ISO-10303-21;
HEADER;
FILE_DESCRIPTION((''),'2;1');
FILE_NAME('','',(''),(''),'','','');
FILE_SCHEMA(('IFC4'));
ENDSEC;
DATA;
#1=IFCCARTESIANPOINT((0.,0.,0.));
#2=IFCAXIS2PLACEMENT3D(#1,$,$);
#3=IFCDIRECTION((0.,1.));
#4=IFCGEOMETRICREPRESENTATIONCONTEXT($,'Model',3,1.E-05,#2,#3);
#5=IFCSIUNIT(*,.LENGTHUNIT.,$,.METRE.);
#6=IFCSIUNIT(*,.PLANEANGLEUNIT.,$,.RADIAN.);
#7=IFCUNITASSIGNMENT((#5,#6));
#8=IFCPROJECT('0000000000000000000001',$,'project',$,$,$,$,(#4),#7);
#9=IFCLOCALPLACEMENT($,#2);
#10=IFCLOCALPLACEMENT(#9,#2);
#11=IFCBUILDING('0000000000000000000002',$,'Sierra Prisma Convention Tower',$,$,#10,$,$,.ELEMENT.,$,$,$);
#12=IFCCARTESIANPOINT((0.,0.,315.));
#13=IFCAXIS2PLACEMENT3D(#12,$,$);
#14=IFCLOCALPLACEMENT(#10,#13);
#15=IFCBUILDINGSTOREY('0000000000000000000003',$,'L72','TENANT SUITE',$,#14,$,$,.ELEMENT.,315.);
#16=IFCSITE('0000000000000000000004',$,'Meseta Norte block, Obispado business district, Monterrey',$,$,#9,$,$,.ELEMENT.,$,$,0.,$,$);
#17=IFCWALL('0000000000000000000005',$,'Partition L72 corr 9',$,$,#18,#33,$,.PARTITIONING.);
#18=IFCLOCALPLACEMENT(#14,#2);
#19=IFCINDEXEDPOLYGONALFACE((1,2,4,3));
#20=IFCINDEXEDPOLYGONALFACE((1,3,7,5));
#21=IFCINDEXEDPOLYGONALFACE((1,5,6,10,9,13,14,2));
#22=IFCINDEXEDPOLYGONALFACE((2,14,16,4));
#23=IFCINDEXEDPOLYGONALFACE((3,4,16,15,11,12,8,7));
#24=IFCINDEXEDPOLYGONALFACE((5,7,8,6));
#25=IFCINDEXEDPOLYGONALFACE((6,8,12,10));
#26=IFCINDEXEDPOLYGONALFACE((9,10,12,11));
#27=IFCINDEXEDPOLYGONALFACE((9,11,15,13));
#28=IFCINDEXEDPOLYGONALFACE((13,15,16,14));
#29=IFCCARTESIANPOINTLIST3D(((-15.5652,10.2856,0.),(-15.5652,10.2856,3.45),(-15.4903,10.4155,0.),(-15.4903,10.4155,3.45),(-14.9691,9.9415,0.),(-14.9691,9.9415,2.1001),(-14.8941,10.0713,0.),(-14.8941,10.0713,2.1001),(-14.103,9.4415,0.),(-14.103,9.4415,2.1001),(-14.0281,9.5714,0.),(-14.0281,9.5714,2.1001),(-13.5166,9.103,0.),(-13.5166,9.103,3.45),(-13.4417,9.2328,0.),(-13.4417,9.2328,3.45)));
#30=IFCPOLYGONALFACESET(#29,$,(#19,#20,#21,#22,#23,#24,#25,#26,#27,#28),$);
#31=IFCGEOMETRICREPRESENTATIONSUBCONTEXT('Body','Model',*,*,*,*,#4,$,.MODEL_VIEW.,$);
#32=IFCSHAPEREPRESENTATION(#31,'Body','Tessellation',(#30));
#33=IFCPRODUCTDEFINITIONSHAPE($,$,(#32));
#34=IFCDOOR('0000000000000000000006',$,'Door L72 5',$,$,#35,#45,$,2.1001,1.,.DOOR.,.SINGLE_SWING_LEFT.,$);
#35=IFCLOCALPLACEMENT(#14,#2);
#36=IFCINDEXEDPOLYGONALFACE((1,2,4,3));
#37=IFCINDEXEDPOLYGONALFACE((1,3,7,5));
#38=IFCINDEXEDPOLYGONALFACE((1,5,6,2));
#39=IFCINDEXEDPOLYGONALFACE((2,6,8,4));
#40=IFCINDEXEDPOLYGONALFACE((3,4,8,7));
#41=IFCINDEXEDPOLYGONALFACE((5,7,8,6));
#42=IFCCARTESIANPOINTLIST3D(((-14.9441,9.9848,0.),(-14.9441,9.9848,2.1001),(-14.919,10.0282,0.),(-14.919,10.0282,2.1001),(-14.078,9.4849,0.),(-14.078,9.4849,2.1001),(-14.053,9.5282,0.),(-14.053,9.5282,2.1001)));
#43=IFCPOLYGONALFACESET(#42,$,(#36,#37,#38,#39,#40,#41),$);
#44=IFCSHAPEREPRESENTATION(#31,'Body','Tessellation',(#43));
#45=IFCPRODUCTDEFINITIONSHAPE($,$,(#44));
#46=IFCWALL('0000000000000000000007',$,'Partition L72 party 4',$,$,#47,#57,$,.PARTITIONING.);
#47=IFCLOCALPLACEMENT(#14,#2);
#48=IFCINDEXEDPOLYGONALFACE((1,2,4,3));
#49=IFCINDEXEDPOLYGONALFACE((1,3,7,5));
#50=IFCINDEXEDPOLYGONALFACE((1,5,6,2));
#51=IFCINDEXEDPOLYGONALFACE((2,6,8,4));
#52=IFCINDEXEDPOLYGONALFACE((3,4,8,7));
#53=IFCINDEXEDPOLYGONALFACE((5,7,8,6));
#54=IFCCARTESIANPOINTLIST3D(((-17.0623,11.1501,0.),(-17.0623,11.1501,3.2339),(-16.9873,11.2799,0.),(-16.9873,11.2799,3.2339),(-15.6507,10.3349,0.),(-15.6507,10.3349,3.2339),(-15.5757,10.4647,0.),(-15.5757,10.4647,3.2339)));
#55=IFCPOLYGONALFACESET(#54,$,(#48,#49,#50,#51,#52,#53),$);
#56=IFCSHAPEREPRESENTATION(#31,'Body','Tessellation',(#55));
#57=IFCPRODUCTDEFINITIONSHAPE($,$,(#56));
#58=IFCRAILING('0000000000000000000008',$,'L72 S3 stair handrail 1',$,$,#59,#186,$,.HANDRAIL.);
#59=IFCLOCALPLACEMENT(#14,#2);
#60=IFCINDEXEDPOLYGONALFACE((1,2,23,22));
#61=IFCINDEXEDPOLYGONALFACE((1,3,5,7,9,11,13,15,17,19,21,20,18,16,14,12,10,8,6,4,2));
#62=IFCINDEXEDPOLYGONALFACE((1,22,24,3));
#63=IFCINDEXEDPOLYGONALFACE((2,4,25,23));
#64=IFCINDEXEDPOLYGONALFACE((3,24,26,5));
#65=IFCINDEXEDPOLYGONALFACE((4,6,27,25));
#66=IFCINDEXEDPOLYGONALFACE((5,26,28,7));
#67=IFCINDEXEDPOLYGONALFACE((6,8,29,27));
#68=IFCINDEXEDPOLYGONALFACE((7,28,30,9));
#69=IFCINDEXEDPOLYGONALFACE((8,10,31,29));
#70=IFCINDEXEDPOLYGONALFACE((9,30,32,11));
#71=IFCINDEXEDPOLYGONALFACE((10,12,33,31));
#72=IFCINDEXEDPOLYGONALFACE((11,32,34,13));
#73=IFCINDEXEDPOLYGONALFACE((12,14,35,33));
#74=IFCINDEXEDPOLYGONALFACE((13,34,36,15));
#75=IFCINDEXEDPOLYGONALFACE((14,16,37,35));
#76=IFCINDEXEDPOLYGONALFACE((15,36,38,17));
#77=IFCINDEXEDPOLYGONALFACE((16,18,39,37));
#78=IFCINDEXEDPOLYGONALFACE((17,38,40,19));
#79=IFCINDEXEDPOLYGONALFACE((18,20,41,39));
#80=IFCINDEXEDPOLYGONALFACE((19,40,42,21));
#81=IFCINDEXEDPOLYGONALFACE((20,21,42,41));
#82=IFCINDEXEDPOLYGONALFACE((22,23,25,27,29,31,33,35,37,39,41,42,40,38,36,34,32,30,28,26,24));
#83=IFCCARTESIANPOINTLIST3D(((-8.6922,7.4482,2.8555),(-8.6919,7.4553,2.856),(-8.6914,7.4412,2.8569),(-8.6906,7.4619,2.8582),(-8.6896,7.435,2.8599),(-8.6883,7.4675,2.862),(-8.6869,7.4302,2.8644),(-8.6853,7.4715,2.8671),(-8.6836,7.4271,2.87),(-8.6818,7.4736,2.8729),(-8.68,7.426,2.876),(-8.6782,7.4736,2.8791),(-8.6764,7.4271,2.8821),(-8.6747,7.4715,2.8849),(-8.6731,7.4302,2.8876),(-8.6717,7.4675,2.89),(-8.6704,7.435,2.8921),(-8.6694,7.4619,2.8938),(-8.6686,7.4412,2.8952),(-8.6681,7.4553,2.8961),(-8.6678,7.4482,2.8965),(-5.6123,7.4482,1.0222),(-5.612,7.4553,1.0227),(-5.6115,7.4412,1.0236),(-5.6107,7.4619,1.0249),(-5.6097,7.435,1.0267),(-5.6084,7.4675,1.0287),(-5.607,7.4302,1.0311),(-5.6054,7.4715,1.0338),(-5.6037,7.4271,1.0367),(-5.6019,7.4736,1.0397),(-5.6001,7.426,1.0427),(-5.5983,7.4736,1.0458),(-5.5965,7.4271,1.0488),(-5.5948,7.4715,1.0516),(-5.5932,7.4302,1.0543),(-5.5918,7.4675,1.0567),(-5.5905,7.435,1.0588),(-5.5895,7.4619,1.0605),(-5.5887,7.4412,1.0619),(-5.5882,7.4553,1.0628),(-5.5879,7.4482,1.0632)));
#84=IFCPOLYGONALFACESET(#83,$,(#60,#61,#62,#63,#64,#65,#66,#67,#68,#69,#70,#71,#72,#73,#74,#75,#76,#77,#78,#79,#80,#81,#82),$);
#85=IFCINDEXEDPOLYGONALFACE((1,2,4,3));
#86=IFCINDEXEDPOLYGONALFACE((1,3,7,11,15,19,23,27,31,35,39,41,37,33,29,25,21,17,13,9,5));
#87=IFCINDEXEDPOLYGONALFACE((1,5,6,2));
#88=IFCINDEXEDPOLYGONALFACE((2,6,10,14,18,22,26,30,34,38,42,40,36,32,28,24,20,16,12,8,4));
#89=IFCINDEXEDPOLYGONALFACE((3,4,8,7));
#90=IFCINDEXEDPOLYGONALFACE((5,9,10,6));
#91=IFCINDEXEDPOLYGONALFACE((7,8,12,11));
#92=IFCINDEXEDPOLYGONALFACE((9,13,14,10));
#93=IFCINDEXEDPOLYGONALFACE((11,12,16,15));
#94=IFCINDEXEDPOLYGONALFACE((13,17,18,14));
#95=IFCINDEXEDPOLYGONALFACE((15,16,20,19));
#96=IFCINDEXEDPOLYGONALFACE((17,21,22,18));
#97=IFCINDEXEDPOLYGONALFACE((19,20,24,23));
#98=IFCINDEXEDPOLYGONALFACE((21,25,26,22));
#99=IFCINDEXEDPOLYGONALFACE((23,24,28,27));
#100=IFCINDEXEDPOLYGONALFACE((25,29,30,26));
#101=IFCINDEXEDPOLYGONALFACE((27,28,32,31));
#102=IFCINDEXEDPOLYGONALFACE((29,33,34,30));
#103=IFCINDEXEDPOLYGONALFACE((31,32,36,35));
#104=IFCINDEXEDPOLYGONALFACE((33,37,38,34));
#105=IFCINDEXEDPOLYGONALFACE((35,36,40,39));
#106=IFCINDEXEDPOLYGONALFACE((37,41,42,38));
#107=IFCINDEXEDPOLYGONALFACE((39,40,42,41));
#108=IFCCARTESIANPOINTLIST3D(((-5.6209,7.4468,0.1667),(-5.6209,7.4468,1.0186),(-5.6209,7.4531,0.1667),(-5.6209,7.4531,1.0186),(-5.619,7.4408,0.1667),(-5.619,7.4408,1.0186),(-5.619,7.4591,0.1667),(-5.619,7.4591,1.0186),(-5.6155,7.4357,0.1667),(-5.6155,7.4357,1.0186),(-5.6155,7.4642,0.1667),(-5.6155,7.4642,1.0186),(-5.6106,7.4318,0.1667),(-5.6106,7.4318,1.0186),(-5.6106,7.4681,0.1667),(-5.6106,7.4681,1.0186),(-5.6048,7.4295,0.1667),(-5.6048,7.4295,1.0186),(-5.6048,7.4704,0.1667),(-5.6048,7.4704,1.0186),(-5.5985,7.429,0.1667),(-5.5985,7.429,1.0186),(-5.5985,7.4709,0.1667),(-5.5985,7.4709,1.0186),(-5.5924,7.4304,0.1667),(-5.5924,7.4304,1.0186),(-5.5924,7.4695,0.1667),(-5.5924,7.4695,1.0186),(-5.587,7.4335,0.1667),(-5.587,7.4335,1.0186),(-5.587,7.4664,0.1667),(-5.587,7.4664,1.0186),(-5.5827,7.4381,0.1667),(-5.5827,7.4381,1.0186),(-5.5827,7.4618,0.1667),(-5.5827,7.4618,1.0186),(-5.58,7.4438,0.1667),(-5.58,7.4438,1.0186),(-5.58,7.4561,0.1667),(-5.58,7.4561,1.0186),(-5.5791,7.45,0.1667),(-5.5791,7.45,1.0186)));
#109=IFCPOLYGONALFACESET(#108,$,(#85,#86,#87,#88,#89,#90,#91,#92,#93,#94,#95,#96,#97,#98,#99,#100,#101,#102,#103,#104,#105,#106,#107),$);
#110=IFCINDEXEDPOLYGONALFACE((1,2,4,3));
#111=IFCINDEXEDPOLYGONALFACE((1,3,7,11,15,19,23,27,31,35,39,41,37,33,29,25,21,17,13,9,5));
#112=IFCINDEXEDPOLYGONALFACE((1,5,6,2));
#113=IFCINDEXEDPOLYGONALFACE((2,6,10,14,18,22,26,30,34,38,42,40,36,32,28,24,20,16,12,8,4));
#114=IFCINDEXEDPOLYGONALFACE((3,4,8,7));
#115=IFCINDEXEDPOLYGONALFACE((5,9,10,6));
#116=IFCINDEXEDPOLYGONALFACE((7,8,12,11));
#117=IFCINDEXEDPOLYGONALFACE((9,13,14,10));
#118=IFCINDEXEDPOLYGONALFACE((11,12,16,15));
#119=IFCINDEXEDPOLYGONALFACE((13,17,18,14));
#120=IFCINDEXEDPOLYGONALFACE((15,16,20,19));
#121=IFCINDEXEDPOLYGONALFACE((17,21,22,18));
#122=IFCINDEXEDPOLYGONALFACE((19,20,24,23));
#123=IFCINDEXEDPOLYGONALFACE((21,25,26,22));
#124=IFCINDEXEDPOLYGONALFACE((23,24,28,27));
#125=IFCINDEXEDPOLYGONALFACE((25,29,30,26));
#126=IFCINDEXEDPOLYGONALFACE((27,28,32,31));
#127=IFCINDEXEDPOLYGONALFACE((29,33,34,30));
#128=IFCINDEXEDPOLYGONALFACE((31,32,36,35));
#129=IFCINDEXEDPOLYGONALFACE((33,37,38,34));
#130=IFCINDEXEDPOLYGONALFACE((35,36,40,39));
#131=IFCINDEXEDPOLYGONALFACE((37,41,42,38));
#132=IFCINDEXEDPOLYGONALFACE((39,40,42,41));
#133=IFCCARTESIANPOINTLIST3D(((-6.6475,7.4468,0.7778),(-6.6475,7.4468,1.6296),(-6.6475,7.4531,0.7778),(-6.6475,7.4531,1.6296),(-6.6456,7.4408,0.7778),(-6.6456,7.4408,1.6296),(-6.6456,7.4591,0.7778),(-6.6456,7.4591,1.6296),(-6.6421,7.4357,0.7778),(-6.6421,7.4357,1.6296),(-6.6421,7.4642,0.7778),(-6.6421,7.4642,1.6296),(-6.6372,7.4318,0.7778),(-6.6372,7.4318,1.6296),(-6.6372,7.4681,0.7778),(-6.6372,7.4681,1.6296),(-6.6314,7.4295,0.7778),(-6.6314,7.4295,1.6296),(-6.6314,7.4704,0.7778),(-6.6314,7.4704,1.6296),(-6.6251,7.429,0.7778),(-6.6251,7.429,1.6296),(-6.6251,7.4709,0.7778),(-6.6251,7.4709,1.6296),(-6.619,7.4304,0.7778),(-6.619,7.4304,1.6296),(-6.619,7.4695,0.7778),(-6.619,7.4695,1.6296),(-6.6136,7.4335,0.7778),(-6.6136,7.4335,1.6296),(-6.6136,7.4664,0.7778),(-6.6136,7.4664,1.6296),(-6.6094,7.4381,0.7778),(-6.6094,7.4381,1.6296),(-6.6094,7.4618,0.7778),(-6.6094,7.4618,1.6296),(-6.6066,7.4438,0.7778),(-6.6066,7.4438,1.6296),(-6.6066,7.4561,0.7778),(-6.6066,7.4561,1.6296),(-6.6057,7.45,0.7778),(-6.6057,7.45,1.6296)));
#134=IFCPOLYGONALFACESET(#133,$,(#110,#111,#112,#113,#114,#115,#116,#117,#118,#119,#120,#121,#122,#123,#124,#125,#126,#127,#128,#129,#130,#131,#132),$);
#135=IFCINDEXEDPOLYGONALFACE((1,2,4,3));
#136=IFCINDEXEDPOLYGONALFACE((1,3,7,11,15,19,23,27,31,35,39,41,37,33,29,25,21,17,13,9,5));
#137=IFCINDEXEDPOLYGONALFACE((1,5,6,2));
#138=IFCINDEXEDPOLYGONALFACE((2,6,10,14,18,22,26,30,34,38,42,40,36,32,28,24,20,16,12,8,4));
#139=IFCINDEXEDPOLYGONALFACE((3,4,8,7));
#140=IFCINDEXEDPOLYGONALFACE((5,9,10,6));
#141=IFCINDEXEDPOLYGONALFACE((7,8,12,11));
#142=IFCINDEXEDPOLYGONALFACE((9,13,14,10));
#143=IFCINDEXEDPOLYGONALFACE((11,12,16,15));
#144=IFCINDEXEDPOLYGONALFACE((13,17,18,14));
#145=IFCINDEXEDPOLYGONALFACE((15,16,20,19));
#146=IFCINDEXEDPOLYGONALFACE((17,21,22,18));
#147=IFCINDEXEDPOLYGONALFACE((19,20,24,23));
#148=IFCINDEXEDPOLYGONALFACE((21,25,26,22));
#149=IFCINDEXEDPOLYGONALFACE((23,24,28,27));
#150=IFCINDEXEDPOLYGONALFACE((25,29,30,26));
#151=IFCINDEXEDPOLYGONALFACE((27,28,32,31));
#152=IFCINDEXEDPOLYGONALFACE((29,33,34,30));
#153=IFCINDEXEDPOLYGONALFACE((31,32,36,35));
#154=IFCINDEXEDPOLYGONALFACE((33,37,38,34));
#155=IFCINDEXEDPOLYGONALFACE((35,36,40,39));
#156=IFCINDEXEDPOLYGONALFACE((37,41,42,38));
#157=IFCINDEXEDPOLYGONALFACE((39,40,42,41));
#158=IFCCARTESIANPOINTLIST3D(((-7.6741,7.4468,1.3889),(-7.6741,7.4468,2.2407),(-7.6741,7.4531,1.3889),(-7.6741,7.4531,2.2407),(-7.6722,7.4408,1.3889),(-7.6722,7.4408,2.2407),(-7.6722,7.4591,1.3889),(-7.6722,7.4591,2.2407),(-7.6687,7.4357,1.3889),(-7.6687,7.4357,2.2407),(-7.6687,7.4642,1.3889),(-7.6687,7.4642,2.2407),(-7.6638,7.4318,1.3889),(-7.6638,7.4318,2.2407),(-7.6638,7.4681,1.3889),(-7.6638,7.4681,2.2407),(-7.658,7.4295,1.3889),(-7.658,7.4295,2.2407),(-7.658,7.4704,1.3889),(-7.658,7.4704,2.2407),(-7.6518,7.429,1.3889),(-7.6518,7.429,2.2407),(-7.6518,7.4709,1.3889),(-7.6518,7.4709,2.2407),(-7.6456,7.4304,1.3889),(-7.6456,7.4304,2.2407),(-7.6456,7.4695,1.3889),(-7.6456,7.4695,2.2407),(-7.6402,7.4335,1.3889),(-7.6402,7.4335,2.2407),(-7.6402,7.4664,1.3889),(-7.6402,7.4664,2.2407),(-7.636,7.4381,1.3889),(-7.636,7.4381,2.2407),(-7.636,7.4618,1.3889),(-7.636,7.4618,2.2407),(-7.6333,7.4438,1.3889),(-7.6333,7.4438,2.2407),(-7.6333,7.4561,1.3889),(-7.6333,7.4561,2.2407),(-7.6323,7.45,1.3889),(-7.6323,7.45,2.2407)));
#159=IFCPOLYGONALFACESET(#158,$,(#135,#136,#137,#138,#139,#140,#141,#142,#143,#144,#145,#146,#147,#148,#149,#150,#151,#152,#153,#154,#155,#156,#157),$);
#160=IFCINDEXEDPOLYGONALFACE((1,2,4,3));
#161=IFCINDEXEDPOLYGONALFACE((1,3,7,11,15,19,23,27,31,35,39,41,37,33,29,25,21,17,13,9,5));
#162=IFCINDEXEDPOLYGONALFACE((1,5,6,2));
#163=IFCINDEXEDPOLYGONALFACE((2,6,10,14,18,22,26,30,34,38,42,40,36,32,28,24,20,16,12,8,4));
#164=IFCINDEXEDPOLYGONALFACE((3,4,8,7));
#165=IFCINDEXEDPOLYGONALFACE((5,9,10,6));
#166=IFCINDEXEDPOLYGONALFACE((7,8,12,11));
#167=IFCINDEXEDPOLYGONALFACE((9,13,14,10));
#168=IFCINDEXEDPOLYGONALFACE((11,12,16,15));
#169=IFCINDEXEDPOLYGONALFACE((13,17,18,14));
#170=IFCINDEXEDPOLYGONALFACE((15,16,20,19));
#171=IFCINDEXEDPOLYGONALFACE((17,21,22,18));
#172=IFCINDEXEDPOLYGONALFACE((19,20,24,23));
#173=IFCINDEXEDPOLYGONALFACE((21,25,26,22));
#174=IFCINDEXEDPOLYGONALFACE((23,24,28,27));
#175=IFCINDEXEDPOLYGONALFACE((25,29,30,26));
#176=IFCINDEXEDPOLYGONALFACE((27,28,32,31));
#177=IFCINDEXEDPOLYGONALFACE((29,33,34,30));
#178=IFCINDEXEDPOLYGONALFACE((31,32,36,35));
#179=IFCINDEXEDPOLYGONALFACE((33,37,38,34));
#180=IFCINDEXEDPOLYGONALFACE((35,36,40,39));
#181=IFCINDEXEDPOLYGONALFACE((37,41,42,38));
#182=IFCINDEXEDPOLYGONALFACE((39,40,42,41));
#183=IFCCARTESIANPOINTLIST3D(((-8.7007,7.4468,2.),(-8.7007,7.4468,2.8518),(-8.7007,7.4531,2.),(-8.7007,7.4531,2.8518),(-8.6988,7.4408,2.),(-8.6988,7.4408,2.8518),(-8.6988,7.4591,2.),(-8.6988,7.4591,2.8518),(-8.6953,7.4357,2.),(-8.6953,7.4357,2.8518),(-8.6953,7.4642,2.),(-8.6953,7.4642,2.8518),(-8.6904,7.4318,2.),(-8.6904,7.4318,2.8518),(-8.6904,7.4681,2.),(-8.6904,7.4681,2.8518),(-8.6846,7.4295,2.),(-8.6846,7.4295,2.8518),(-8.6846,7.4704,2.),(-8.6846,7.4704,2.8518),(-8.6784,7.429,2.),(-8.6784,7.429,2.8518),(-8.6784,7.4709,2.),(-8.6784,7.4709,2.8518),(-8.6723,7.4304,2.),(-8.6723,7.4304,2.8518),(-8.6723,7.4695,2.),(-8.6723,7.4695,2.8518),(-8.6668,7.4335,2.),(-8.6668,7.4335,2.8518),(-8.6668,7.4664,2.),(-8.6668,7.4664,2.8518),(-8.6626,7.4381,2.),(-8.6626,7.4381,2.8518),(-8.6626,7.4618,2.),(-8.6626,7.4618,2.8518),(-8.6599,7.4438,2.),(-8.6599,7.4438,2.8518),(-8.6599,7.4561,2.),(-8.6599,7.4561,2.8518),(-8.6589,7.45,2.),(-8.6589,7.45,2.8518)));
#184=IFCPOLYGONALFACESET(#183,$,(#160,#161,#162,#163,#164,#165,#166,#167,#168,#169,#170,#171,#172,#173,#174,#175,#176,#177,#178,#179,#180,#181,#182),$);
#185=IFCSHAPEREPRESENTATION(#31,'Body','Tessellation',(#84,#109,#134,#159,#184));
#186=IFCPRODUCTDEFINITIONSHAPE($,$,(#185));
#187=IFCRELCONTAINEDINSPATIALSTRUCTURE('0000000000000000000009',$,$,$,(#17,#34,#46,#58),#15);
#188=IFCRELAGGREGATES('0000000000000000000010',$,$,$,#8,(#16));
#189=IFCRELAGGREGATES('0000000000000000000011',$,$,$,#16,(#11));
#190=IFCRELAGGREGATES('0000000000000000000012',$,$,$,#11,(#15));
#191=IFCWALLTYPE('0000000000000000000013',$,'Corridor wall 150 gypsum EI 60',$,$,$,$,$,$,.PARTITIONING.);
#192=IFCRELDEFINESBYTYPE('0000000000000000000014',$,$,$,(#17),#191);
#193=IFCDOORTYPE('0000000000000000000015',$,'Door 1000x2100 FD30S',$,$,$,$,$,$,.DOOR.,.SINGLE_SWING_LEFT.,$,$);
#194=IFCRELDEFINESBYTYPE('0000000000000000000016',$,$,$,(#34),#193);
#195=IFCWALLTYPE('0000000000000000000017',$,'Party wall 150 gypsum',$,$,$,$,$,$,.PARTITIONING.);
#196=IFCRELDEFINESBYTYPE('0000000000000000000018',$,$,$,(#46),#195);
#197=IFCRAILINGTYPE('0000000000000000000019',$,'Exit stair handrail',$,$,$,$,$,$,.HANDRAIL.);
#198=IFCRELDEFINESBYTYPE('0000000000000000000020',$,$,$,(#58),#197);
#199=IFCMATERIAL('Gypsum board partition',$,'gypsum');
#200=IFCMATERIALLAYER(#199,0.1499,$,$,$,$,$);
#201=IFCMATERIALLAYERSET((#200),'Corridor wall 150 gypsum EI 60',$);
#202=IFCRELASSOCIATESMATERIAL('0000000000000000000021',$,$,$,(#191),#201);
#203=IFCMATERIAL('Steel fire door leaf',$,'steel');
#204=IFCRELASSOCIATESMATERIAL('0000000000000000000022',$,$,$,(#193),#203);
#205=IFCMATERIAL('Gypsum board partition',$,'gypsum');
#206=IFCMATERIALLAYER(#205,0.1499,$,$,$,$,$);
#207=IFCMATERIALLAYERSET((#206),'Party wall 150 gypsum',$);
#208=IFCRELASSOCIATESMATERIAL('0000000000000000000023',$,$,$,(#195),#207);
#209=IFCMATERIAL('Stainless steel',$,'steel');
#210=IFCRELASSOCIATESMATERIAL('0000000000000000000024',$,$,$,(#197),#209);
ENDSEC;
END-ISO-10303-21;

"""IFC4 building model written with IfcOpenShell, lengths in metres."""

from ifc_helpers import new_model, si_unit, direction, frame, frame_2d, origin, origin_2d, place, context, subcontext, project, spatial, rectangle, circle, extrude, material, layer, layer_set, type_object, element, fill, save


model = new_model("IFC4")

# Units and contexts
model_context = context("Model", 3, precision=1e-05, world=origin(), true_north=direction((0.0, 1.0)))
body_context = subcontext(model_context, "Body", "Model", "MODEL_VIEW")
ifc_project = project(units=[si_unit("LENGTHUNIT", "METRE"), si_unit("PLANEANGLEUNIT", "RADIAN")], contexts=[model_context])

# Site, building, storey
site_placement = place(None, origin())
site = spatial("IfcSite", under=ifc_project, at=site_placement, Name="Meseta Norte block, Obispado business district, Monterrey", CompositionType="ELEMENT", RefElevation=0.0)
building_placement = place(site_placement, origin())
building = spatial("IfcBuilding", under=site, at=building_placement, Name="Sierra Prisma Convention Tower", CompositionType="ELEMENT")
storey_placement = place(building_placement, frame((0.0, 0.0, 315.0)))
storey = spatial("IfcBuildingStorey", under=building, at=storey_placement, Name="L72", Description="TENANT SUITE", CompositionType="ELEMENT", Elevation=315.0)

# Shared definitions
ifc_material_1 = material(Name="Gypsum board partition", Category="gypsum")
ifc_layer_1 = layer(ifc_material_1, 0.1499)
ifc_layer_set_1 = layer_set([ifc_layer_1], Name="Corridor wall 150 gypsum EI 60")
wall_type_1 = type_object("IfcWallType", Name="Corridor wall 150 gypsum EI 60", PredefinedType="PARTITIONING", material=ifc_layer_set_1)

# Wall, opening, door
wall_1_placement = place(storey_placement, frame((-13.4792, 9.168, 0.0), z_axis=(0.0, 0.0, 1.0), x_axis=(-0.86605, 0.499958, 0.0)))
wall_1 = element("IfcWall", 1, at=wall_1_placement, inside=storey, type_object=wall_type_1, Name="Partition L72 corr 9", PredefinedType="PARTITIONING", context=body_context, shape_type="SweptSolid", body=[
    extrude(rectangle(XDim=2.3655, YDim=0.1499, at=frame_2d((1.1826, 0.0))), origin(), (0.0, 0.0, 1.0), 3.45),
])
opening_1_placement = place(wall_1_placement, frame((0.677, 0.0, 0.0)))
opening_1 = element("IfcOpeningElement", 2, at=opening_1_placement, cuts=wall_1, PredefinedType="OPENING", context=body_context, shape_type="SweptSolid", body=[
    extrude(rectangle(XDim=1.0, YDim=2.1001, at=frame_2d((0.5, 1.05))), frame((0.0, 0.075, 0.0), z_axis=(0.0, -1.0, 0.0), x_axis=(1.0, 0.0, 0.0)), (0.0, 0.0, 1.0), 0.1499),
])
ifc_material_2 = material(Name="Steel fire door leaf", Category="steel")
door_type_1 = type_object("IfcDoorType", Name="Door 1000x2100 FD30S", OperationType="SINGLE_SWING_LEFT", PredefinedType="DOOR", material=ifc_material_2)
door_1_placement = place(opening_1_placement, origin())
door_1 = element("IfcDoor", 3, at=door_1_placement, inside=storey, type_object=door_type_1, Name="Door L72 5", OperationType="SINGLE_SWING_LEFT", OverallHeight=2.1001, OverallWidth=1.0, PredefinedType="DOOR", context=body_context, shape_type="SweptSolid", body=[
    extrude(rectangle(XDim=1.0, YDim=2.1001, at=frame_2d((0.5, 1.05))), frame((0.0, 0.0249, 0.0), z_axis=(0.0, -1.0, 0.0), x_axis=(1.0, 0.0, 0.0)), (0.0, 0.0, 1.0), 0.05),
])
fill(opening_1, door_1)

# Wall
ifc_material_3 = material(Name="Gypsum board partition", Category="gypsum")
ifc_layer_2 = layer(ifc_material_3, 0.1499)
ifc_layer_set_2 = layer_set([ifc_layer_2], Name="Party wall 150 gypsum")
wall_type_2 = type_object("IfcWallType", Name="Party wall 150 gypsum", PredefinedType="PARTITIONING", material=ifc_layer_set_2)
wall_2_placement = place(storey_placement, frame((-15.6133, 10.3999, 0.0), z_axis=(0.0, 0.0, 1.0), x_axis=(-0.865976, 0.500085, 0.0)))
element("IfcWall", 4, at=wall_2_placement, inside=storey, type_object=wall_type_2, Name="Partition L72 party 4", PredefinedType="PARTITIONING", context=body_context, shape_type="SweptSolid", body=[
    extrude(rectangle(XDim=1.6301, YDim=0.1499, at=frame_2d((0.8149, 0.0))), origin(), (0.0, 0.0, 1.0), 3.2339),
])

# Railing
ifc_material_4 = material(Name="Stainless steel", Category="steel")
railing_type = type_object("IfcRailingType", Name="Exit stair handrail", PredefinedType="HANDRAIL", material=ifc_material_4)
railing_placement = place(storey_placement, frame((-5.6001, 7.45, 0.1667)))
element("IfcRailing", 5, at=railing_placement, inside=storey, type_object=railing_type, Name="L72 S3 stair handrail 1", PredefinedType="HANDRAIL", context=body_context, shape_type="SweptSolid", body=[
    extrude(circle(Radius=0.0239, at=origin_2d()), frame((0.0, 0.0, 0.876), z_axis=(-0.859291, 0.0, 0.511487), x_axis=(0.0, -1.0, 0.0)), (0.0, 0.0, 1.0), 3.5842),
    extrude(circle(Radius=0.021, at=origin_2d()), origin(), (0.0, 0.0, 1.0), 0.8518),
    extrude(circle(Radius=0.021, at=origin_2d()), frame((-1.0266, 0.0, 0.6111)), (0.0, 0.0, 1.0), 0.8518),
    extrude(circle(Radius=0.021, at=origin_2d()), frame((-2.0532, 0.0, 1.2222)), (0.0, 0.0, 1.0), 0.8518),
    extrude(circle(Radius=0.021, at=origin_2d()), frame((-3.0798, 0.0, 1.8333)), (0.0, 0.0, 1.0), 0.8518),
])

save(model, "model.ifc")
